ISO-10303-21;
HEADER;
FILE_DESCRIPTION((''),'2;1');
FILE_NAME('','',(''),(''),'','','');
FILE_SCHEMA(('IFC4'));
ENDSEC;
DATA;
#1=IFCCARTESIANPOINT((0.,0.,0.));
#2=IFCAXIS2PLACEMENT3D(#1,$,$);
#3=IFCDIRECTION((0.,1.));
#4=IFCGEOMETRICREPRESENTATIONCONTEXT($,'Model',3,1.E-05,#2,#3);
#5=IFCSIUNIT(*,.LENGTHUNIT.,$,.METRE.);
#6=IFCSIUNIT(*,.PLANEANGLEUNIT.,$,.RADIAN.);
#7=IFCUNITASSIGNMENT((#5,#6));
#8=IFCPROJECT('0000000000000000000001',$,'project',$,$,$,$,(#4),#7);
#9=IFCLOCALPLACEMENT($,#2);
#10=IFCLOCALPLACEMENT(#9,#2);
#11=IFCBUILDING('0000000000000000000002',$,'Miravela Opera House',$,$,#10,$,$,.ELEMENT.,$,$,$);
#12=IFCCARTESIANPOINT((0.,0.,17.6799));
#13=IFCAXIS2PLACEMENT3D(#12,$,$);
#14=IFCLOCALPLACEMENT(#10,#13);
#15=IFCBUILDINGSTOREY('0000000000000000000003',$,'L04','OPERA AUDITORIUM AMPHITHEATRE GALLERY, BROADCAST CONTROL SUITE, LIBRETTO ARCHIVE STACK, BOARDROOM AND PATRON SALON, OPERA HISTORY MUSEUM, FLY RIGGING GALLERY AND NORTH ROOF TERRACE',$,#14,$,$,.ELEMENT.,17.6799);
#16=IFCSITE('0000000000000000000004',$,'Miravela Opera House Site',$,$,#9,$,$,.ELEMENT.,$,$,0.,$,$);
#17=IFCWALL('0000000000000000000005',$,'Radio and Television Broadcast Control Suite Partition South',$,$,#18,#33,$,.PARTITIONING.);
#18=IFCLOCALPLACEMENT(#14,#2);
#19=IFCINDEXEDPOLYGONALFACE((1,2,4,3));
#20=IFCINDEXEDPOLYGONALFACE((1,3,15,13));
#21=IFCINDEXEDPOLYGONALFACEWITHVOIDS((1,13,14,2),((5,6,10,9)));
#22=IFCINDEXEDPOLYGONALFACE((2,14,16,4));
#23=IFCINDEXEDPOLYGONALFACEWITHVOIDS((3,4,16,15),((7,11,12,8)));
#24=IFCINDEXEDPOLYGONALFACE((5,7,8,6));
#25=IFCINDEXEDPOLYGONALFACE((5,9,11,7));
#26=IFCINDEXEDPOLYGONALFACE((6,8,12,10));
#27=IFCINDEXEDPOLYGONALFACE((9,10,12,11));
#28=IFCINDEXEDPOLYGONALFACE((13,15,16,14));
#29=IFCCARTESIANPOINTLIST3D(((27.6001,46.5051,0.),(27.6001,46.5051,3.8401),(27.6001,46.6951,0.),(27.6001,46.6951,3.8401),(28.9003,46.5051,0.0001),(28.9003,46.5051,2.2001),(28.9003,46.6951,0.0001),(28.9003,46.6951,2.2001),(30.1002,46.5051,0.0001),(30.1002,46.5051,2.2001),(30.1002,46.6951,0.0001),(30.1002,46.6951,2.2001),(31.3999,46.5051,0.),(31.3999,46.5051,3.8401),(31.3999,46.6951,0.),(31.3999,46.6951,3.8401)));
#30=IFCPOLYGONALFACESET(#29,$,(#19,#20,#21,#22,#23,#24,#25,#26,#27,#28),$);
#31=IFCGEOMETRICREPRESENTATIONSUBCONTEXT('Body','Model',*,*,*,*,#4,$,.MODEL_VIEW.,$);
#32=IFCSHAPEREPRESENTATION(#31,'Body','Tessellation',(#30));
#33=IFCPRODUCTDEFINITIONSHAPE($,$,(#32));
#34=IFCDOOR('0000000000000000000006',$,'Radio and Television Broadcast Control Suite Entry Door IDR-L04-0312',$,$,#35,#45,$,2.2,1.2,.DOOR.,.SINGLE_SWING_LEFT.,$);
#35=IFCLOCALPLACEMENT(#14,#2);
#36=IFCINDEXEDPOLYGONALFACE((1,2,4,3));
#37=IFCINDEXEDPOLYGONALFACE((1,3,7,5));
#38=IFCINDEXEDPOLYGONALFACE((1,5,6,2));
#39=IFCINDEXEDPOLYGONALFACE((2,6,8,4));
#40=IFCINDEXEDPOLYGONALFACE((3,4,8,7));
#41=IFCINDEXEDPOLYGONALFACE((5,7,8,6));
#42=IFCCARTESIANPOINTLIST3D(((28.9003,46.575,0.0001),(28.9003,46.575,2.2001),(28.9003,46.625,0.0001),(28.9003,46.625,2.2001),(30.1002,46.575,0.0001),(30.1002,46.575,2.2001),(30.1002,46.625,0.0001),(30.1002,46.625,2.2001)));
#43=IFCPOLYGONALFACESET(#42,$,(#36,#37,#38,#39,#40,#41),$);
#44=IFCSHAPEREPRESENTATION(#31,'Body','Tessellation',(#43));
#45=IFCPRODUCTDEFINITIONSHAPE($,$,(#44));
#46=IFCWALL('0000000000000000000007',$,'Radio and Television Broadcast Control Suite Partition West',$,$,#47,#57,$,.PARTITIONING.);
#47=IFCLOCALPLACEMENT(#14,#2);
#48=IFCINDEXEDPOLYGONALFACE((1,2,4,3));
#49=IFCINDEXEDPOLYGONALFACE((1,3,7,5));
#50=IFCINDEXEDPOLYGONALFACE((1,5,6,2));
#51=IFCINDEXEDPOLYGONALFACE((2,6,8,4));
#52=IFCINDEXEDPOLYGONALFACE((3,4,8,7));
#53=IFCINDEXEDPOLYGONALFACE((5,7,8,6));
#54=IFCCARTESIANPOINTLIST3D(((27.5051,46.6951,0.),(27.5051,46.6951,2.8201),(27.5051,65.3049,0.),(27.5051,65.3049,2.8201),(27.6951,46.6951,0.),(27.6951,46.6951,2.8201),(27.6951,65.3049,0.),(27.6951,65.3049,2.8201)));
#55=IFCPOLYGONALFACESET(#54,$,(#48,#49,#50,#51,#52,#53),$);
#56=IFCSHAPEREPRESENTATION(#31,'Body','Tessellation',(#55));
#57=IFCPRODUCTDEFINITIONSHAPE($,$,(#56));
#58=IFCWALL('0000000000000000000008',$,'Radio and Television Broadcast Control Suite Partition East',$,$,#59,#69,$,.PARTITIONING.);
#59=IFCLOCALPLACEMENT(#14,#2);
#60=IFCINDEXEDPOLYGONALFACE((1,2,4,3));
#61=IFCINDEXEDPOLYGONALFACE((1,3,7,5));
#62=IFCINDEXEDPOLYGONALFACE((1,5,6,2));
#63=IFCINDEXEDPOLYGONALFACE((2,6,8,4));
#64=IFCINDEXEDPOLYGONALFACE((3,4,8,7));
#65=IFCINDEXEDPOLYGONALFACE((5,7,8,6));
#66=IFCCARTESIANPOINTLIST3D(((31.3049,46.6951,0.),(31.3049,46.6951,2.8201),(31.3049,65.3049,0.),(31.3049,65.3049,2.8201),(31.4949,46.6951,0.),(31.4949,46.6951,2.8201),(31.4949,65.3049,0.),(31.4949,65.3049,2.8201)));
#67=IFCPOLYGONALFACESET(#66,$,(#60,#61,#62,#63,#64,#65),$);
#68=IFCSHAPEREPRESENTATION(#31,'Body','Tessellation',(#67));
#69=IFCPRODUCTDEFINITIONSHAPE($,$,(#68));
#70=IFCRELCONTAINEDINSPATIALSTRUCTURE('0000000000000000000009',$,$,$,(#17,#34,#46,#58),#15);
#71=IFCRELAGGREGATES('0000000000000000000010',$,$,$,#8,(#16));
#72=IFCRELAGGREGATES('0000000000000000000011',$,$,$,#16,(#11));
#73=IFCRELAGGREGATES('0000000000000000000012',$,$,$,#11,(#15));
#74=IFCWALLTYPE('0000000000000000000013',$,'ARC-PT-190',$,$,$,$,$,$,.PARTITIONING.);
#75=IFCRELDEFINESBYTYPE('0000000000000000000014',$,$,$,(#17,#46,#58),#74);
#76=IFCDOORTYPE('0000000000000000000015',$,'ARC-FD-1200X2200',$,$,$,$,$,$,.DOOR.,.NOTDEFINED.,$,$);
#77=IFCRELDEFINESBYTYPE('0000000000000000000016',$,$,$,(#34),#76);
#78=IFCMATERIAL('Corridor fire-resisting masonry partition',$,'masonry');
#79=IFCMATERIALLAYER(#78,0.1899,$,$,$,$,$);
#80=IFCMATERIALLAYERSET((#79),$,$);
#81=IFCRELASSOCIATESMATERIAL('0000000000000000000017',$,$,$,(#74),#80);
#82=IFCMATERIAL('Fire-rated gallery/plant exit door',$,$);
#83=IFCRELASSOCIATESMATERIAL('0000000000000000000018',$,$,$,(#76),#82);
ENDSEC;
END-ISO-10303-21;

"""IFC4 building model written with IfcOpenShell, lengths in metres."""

from ifc_helpers import new_model, si_unit, direction, frame, frame_2d, origin, place, context, subcontext, project, spatial, rectangle, extrude, material, layer, layer_set, type_object, element, fill, save


model = new_model("IFC4")

# Units and contexts
model_context = context("Model", 3, precision=1e-05, world=origin(), true_north=direction((0.0, 1.0)))
body_context = subcontext(model_context, "Body", "Model", "MODEL_VIEW")
ifc_project = project(units=[si_unit("LENGTHUNIT", "METRE"), si_unit("PLANEANGLEUNIT", "RADIAN")], contexts=[model_context])

# Site, building, storey
site_placement = place(None, origin())
site = spatial("IfcSite", under=ifc_project, at=site_placement, Name="Miravela Opera House Site", CompositionType="ELEMENT", RefElevation=0.0)
building_placement = place(site_placement, origin())
building = spatial("IfcBuilding", under=site, at=building_placement, Name="Miravela Opera House", CompositionType="ELEMENT")
storey_placement = place(building_placement, frame((0.0, 0.0, 17.6799)))
storey = spatial("IfcBuildingStorey", under=building, at=storey_placement, Name="L04", Description="OPERA AUDITORIUM AMPHITHEATRE GALLERY, BROADCAST CONTROL SUITE, LIBRETTO ARCHIVE STACK, BOARDROOM AND PATRON SALON, OPERA HISTORY MUSEUM, FLY RIGGING GALLERY AND NORTH ROOF TERRACE", CompositionType="ELEMENT", Elevation=17.6799)

# Wall, opening, door
ifc_material_1 = material(Name="Corridor fire-resisting masonry partition", Category="masonry")
ifc_layer_1 = layer(ifc_material_1, 0.1899)
ifc_layer_set_1 = layer_set([ifc_layer_1])
wall_type = type_object("IfcWallType", Name="ARC-PT-190", PredefinedType="PARTITIONING", material=ifc_layer_set_1)
wall_placement = place(storey_placement, frame((27.6001, 46.6001, 0.0), z_axis=(0.0, 0.0, 1.0), x_axis=(1.0, 0.0, 0.0)))
wall = element("IfcWall", 1, at=wall_placement, inside=storey, type_object=wall_type, Name="Radio and Television Broadcast Control Suite Partition South", PredefinedType="PARTITIONING", context=body_context, shape_type="SweptSolid", body=[
    extrude(rectangle(XDim=3.7998, YDim=0.1899, at=frame_2d((1.8999, 0.0))), origin(), (0.0, 0.0, 1.0), 3.8401),
])
opening_placement = place(wall_placement, frame((1.3, 0.0, 0.0)))
opening = element("IfcOpeningElement", 2, at=opening_placement, cuts=wall, PredefinedType="OPENING", context=body_context, shape_type="SweptSolid", body=[
    extrude(rectangle(XDim=1.2, YDim=2.2, at=frame_2d((0.6001, 1.1001))), frame((0.0, 0.105, 0.0), z_axis=(0.0, -1.0, 0.0), x_axis=(1.0, 0.0, 0.0)), (0.0, 0.0, 1.0), 0.21),
])
ifc_material_2 = material(Name="Fire-rated gallery/plant exit door")
door_type = type_object("IfcDoorType", Name="ARC-FD-1200X2200", OperationType="NOTDEFINED", PredefinedType="DOOR", material=ifc_material_2)
door_placement = place(opening_placement, origin())
door = element("IfcDoor", 3, at=door_placement, inside=storey, type_object=door_type, Name="Radio and Television Broadcast Control Suite Entry Door IDR-L04-0312", OperationType="SINGLE_SWING_LEFT", OverallHeight=2.2, OverallWidth=1.2, PredefinedType="DOOR", context=body_context, shape_type="SweptSolid", body=[
    extrude(rectangle(XDim=1.2, YDim=2.2, at=frame_2d((0.6001, 1.1001))), frame((0.0, 0.0249, 0.0), z_axis=(0.0, -1.0, 0.0), x_axis=(1.0, 0.0, 0.0)), (0.0, 0.0, 1.0), 0.05),
])
fill(opening, door)

# Walls
for number, where, z_axis, x_axis, name in (
    (4, (27.6001, 46.6951, 0.0), (0.0, 0.0, 1.0), (0.0, 1.0, 0.0), "Radio and Television Broadcast Control Suite Partition West"),
    (5, (31.3999, 46.6951, 0.0), (0.0, 0.0, 1.0), (0.0, 1.0, 0.0), "Radio and Television Broadcast Control Suite Partition East"),
):
    element("IfcWall", number, at=place(storey_placement, frame(where, z_axis=z_axis, x_axis=x_axis)), inside=storey, type_object=wall_type, Name=name, PredefinedType="PARTITIONING", context=body_context, shape_type="SweptSolid", body=[
        extrude(rectangle(XDim=18.6099, YDim=0.1899, at=frame_2d((9.3049, 0.0))), origin(), (0.0, 0.0, 1.0), 2.8201),
    ])

save(model, "model.ifc")
